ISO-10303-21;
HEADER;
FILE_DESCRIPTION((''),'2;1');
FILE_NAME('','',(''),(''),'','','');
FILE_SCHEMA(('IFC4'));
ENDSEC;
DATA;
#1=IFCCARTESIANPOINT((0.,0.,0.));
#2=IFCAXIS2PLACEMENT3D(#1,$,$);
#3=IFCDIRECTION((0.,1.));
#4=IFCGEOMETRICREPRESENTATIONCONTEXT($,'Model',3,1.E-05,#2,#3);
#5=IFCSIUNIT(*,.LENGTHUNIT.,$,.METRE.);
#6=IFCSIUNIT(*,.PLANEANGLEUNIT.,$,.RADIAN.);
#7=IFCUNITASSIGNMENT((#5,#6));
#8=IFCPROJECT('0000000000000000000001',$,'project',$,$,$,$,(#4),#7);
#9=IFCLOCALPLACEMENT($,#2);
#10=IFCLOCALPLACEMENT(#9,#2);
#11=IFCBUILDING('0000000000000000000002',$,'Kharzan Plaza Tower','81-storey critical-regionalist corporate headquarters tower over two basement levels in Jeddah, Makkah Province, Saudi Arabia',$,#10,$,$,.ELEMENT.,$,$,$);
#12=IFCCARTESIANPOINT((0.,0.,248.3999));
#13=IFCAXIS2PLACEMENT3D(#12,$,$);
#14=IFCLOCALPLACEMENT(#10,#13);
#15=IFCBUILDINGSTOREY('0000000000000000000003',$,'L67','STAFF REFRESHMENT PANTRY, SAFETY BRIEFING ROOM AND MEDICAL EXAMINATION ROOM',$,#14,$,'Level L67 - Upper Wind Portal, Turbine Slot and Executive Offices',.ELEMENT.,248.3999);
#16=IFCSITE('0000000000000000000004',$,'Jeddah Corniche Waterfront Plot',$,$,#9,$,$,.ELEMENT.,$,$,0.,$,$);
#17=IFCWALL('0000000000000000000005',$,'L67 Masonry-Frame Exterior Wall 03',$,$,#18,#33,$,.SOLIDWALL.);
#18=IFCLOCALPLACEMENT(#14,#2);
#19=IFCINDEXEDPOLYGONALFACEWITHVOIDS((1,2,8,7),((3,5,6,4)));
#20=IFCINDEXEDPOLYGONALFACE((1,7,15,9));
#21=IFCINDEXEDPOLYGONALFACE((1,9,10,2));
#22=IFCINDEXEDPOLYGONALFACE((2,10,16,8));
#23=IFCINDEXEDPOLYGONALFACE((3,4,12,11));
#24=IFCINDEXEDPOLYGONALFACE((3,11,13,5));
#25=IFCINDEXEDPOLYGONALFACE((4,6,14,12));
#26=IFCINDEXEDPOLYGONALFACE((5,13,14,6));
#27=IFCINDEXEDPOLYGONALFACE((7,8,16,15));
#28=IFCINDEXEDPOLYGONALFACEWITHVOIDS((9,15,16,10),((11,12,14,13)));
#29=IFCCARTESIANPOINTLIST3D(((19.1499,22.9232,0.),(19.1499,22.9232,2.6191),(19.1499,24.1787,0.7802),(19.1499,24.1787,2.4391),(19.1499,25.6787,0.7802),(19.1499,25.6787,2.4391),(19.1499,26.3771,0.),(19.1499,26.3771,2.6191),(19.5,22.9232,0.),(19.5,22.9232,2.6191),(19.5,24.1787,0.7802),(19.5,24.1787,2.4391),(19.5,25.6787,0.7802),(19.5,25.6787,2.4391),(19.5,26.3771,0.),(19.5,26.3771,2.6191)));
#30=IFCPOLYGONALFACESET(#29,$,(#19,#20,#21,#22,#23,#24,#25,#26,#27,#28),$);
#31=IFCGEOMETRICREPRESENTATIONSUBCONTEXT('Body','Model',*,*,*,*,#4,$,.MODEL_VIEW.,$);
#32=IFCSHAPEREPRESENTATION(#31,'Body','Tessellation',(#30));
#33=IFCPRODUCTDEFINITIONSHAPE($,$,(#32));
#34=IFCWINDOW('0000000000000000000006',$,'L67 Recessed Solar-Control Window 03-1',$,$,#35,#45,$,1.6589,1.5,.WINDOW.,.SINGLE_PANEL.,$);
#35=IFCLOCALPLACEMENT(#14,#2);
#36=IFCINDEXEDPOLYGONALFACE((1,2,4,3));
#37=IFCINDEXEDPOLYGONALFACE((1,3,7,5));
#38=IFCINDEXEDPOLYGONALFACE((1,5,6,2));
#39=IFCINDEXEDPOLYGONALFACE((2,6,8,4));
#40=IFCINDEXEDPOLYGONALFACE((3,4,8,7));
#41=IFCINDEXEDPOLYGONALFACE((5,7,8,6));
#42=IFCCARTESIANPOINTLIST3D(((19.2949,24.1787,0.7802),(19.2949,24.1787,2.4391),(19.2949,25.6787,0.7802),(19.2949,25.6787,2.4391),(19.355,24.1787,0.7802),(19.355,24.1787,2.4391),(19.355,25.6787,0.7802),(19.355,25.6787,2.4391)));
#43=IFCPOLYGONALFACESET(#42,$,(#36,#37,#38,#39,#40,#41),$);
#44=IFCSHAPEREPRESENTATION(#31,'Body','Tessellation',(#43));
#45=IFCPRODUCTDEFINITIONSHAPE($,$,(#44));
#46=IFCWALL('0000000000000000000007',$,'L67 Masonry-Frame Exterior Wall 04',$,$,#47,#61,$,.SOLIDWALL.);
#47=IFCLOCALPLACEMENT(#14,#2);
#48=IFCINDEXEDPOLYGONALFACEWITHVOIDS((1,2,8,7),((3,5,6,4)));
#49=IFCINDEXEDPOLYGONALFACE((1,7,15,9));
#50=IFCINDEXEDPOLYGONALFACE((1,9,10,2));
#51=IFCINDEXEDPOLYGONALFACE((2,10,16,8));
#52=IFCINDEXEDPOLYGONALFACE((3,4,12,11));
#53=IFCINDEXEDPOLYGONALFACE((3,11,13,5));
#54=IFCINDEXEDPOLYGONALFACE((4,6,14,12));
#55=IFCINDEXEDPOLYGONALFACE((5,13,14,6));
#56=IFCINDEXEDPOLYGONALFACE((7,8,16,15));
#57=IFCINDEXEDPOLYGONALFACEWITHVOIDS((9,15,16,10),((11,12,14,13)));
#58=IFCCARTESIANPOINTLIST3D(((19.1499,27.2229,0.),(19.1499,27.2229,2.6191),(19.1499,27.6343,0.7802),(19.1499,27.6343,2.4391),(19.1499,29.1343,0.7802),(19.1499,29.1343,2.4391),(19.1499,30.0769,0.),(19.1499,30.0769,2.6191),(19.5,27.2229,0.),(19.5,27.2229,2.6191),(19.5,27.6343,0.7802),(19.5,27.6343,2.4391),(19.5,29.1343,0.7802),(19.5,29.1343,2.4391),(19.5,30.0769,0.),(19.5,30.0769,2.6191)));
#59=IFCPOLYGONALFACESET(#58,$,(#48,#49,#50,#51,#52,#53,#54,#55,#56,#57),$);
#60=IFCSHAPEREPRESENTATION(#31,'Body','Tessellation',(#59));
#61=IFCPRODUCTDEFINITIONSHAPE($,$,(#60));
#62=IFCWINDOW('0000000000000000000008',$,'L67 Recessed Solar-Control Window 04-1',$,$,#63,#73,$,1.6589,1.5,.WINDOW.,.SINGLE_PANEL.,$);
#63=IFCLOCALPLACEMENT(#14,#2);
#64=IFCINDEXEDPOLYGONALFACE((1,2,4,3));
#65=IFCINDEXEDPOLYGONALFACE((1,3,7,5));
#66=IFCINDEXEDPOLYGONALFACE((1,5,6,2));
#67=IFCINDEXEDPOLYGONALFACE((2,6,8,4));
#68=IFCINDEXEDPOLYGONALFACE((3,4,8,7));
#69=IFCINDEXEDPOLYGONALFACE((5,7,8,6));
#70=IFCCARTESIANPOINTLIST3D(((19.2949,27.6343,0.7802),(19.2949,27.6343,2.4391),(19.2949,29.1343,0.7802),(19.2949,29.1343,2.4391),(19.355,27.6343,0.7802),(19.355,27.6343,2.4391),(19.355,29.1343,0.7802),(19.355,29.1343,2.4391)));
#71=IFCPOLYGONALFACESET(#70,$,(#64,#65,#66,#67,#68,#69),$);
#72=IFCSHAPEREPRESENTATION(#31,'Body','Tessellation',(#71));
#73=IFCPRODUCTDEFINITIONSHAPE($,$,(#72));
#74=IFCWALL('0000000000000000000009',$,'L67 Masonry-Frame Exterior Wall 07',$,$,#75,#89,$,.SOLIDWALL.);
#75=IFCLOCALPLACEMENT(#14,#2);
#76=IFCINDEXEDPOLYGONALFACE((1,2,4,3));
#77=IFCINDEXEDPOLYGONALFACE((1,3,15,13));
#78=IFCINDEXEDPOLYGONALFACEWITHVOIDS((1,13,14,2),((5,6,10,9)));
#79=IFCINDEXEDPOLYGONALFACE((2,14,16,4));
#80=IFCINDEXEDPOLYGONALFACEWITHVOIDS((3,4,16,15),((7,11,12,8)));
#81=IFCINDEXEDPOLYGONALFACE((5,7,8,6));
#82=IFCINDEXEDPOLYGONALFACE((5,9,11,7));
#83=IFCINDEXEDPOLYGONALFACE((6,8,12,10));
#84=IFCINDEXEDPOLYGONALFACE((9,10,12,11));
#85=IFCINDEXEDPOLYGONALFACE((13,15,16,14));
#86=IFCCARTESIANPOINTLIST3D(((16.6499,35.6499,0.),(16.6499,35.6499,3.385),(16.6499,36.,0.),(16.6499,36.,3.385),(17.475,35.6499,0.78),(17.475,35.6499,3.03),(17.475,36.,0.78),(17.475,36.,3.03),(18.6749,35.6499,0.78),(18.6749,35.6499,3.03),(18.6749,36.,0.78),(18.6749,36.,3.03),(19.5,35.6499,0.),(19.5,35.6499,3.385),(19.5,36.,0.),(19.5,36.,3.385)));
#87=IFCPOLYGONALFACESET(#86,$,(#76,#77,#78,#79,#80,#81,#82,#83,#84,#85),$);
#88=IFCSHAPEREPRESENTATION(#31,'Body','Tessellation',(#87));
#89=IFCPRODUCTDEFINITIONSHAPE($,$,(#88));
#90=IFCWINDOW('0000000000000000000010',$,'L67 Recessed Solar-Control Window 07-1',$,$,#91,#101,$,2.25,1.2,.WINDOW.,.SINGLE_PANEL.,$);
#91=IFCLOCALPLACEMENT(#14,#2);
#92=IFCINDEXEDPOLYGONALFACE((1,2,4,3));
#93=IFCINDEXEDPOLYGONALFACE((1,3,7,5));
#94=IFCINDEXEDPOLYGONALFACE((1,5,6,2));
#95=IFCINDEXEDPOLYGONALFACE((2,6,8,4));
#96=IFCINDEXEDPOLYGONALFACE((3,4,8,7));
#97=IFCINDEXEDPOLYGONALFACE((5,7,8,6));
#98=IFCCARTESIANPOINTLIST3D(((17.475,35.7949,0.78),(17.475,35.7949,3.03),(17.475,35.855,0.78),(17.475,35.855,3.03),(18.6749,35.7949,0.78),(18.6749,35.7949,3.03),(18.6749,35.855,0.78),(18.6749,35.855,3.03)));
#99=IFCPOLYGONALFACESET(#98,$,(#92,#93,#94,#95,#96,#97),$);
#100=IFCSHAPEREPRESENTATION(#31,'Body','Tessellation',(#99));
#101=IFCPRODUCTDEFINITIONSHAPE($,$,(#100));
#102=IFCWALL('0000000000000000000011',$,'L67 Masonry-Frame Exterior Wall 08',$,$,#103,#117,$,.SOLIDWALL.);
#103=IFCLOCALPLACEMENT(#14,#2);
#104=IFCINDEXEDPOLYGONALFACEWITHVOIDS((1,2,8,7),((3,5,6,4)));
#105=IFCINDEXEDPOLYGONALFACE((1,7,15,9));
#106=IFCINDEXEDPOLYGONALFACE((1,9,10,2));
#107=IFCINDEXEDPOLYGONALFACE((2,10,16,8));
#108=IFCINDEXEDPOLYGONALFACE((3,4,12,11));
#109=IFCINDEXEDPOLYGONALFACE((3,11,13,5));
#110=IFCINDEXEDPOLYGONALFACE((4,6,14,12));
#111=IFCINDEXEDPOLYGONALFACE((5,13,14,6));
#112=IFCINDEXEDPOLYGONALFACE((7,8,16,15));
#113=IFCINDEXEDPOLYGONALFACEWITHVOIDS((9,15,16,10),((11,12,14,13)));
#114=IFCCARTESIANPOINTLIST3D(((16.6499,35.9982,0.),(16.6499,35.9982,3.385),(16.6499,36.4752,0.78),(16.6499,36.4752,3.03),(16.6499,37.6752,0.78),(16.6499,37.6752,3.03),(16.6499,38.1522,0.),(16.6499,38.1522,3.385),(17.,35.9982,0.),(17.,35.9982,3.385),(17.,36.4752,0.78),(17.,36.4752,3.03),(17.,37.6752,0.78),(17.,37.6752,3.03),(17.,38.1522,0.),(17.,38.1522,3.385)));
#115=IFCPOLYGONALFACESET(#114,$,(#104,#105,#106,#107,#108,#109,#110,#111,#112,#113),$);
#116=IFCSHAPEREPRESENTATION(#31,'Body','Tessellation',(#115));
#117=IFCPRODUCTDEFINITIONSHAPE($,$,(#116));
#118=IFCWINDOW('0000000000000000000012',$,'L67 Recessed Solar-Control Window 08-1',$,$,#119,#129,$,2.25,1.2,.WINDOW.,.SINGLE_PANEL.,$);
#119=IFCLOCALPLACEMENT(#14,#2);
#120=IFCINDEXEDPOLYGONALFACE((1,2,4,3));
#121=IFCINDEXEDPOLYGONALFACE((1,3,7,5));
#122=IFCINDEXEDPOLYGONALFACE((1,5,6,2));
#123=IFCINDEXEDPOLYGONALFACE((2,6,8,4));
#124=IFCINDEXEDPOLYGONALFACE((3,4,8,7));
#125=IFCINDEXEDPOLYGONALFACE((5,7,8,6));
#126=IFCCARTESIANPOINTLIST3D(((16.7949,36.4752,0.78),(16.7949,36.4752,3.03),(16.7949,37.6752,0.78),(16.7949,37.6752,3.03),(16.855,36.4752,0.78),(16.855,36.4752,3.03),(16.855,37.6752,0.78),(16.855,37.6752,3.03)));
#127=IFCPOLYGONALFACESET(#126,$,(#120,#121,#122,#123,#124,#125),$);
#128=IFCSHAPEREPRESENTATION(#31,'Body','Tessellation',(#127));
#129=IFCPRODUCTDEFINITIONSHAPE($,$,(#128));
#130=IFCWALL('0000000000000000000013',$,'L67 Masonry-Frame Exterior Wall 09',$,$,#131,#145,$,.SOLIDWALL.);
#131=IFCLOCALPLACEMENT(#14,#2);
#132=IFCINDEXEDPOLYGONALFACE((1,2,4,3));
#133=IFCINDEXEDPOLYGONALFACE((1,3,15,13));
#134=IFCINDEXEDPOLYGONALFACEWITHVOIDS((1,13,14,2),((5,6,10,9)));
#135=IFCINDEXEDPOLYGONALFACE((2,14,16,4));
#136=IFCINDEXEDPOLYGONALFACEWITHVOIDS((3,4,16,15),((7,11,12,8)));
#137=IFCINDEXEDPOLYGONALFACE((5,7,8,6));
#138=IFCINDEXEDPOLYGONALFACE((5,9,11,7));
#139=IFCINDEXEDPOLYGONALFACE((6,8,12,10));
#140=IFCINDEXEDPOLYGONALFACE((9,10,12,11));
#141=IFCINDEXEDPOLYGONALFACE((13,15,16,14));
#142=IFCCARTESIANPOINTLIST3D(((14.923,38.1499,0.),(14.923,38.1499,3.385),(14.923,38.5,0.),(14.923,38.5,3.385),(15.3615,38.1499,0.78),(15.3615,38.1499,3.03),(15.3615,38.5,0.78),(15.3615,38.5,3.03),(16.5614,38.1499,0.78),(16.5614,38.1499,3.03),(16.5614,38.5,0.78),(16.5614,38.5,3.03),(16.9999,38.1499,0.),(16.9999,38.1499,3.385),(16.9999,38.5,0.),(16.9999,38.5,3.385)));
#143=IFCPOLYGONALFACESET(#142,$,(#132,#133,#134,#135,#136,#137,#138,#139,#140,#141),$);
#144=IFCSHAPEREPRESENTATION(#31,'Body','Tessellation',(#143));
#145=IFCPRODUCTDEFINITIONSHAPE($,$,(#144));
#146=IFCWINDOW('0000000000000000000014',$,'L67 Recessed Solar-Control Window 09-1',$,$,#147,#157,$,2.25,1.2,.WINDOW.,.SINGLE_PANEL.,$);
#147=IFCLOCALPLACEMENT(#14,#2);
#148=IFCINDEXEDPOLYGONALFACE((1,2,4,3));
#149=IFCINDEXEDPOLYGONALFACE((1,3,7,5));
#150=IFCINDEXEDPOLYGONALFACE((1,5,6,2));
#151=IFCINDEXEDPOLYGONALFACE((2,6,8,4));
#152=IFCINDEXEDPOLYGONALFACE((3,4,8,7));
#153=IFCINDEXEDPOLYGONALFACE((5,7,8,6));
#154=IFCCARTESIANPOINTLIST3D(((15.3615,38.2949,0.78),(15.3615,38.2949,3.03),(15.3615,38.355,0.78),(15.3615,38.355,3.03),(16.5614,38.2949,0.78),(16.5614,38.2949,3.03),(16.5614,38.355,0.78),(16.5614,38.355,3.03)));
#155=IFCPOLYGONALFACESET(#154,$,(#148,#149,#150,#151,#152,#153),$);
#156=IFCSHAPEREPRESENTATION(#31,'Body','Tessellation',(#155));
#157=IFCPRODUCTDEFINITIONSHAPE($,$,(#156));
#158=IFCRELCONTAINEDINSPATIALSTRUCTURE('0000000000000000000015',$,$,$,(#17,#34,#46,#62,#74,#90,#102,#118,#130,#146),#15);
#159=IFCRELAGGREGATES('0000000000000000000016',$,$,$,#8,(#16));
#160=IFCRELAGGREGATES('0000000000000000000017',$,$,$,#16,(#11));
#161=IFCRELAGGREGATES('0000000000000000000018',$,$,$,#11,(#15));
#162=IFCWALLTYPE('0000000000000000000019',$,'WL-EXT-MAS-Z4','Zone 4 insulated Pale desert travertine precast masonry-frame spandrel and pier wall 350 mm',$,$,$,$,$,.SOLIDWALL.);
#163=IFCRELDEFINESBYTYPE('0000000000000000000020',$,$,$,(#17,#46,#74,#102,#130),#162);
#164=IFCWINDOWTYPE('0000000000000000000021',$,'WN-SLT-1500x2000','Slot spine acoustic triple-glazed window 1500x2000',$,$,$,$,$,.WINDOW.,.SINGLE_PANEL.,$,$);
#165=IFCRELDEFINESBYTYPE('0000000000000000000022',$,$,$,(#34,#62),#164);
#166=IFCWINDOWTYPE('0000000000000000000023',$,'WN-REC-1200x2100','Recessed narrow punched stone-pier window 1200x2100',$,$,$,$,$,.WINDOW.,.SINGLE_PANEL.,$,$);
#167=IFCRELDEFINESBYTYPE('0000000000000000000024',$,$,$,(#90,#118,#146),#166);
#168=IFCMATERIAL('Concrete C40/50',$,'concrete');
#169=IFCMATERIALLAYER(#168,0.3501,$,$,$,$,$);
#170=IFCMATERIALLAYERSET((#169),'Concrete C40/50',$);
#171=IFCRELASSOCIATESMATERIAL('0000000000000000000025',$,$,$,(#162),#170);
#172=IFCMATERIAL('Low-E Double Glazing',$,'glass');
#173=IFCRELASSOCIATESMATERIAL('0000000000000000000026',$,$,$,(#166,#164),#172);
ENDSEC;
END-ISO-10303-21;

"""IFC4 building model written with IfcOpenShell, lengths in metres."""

from ifc_helpers import new_model, si_unit, direction, frame, frame_2d, origin, place, context, subcontext, project, spatial, rectangle, extrude, source, transform, mapped, material, layer, layer_set, type_object, element, fill, save


model = new_model("IFC4")

# Units and contexts
model_context = context("Model", 3, precision=1e-05, world=origin(), true_north=direction((0.0, 1.0)))
body_context = subcontext(model_context, "Body", "Model", "MODEL_VIEW")
ifc_project = project(units=[si_unit("LENGTHUNIT", "METRE"), si_unit("PLANEANGLEUNIT", "RADIAN")], contexts=[model_context])

# Site, building, storey
site_placement = place(None, origin())
site = spatial("IfcSite", under=ifc_project, at=site_placement, Name="Jeddah Corniche Waterfront Plot", CompositionType="ELEMENT", RefElevation=0.0)
building_placement = place(site_placement, origin())
building = spatial("IfcBuilding", under=site, at=building_placement, Name="Kharzan Plaza Tower", Description="81-storey critical-regionalist corporate headquarters tower over two basement levels in Jeddah, Makkah Province, Saudi Arabia", CompositionType="ELEMENT")
storey_placement = place(building_placement, frame((0.0, 0.0, 248.3999)))
storey = spatial("IfcBuildingStorey", under=building, at=storey_placement, Name="L67", Description="STAFF REFRESHMENT PANTRY, SAFETY BRIEFING ROOM AND MEDICAL EXAMINATION ROOM", LongName="Level L67 - Upper Wind Portal, Turbine Slot and Executive Offices", CompositionType="ELEMENT", Elevation=248.3999)

# Walls, openings, windows
ifc_material_1 = material(Name="Concrete C40/50", Category="concrete")
ifc_layer_1 = layer(ifc_material_1, 0.3501)
ifc_layer_set_1 = layer_set([ifc_layer_1], Name="Concrete C40/50")
wall_type_1 = type_object("IfcWallType", Name="WL-EXT-MAS-Z4", Description="Zone 4 insulated Pale desert travertine precast masonry-frame spandrel and pier wall 350 mm", PredefinedType="SOLIDWALL", material=ifc_layer_set_1)
ifc_material_2 = material(Name="Low-E Double Glazing", Category="glass")
window_type_1 = type_object("IfcWindowType", Name="WN-REC-1200x2100", Description="Recessed narrow punched stone-pier window 1200x2100", PartitioningType="SINGLE_PANEL", PredefinedType="WINDOW", material=ifc_material_2)
wall_1_placement = place(storey_placement, frame((19.325, 22.9231, 0.0), z_axis=(0.0, 0.0, 1.0), x_axis=(0.0, 1.0, 0.0)))
wall_1 = element("IfcWall", 1, at=wall_1_placement, inside=storey, type_object=wall_type_1, Name="L67 Masonry-Frame Exterior Wall 03", PredefinedType="SOLIDWALL", context=body_context, shape_type="SweptSolid", body=[
    extrude(rectangle(XDim=3.4539, YDim=0.3501, at=frame_2d((1.7271, 0.0))), origin(), (0.0, 0.0, 1.0), 2.6191),
])
opening_1_placement = place(wall_1_placement, frame((1.2556, 0.0, 0.78)))
opening_1 = element("IfcOpeningElement", 2, at=opening_1_placement, cuts=wall_1, PredefinedType="OPENING", context=body_context, shape_type="SweptSolid", body=[
    extrude(rectangle(XDim=1.5, YDim=1.6589, at=frame_2d((0.75, 0.8296))), frame((0.0, 0.1851, 0.0), z_axis=(0.0, -1.0, 0.0), x_axis=(1.0, 0.0, 0.0)), (0.0, 0.0, 1.0), 0.3701),
])
window_type_2 = type_object("IfcWindowType", Name="WN-SLT-1500x2000", Description="Slot spine acoustic triple-glazed window 1500x2000", PartitioningType="SINGLE_PANEL", PredefinedType="WINDOW", material=ifc_material_2)
shared_shape_1 = source(origin(), body_context, "Body", "SweptSolid", [
    extrude(rectangle(XDim=1.5, YDim=1.6589, at=frame_2d((0.75, 0.8296))), frame((0.0, 0.03, 0.0), z_axis=(0.0, -1.0, 0.0), x_axis=(1.0, 0.0, 0.0)), (0.0, 0.0, 1.0), 0.0601),
])
window_1_placement = place(opening_1_placement, origin())
window_1 = element("IfcWindow", 3, at=window_1_placement, inside=storey, type_object=window_type_2, Name="L67 Recessed Solar-Control Window 03-1", OverallHeight=1.6589, OverallWidth=1.5, PartitioningType="SINGLE_PANEL", PredefinedType="WINDOW", context=body_context, shape_type="MappedRepresentation", body=[
    mapped(shared_shape_1, transform((0.0, 0.0, 0.0), x_axis=(1.0, 0.0, 0.0), y_axis=(0.0, 1.0, 0.0), z_axis=(0.0, 0.0, 1.0))),
])
fill(opening_1, window_1)
wall_2_placement = place(storey_placement, frame((19.325, 27.2229, 0.0), z_axis=(0.0, 0.0, 1.0), x_axis=(0.0, 1.0, 0.0)))
wall_2 = element("IfcWall", 4, at=wall_2_placement, inside=storey, type_object=wall_type_1, Name="L67 Masonry-Frame Exterior Wall 04", PredefinedType="SOLIDWALL", context=body_context, shape_type="SweptSolid", body=[
    extrude(rectangle(XDim=2.854, YDim=0.3501, at=frame_2d((1.427, 0.0))), origin(), (0.0, 0.0, 1.0), 2.6191),
])
opening_2_placement = place(wall_2_placement, frame((0.4114, 0.0, 0.78)))
opening_2 = element("IfcOpeningElement", 5, at=opening_2_placement, cuts=wall_2, PredefinedType="OPENING", context=body_context, shape_type="SweptSolid", body=[
    extrude(rectangle(XDim=1.5, YDim=1.6589, at=frame_2d((0.75, 0.8296))), frame((0.0, 0.1851, 0.0), z_axis=(0.0, -1.0, 0.0), x_axis=(1.0, 0.0, 0.0)), (0.0, 0.0, 1.0), 0.3701),
])
window_2_placement = place(opening_2_placement, origin())
window_2 = element("IfcWindow", 6, at=window_2_placement, inside=storey, type_object=window_type_2, Name="L67 Recessed Solar-Control Window 04-1", OverallHeight=1.6589, OverallWidth=1.5, PartitioningType="SINGLE_PANEL", PredefinedType="WINDOW", context=body_context, shape_type="MappedRepresentation", body=[
    mapped(shared_shape_1, transform((0.0, 0.0, 0.0), x_axis=(1.0, 0.0, 0.0), y_axis=(0.0, 1.0, 0.0), z_axis=(0.0, 0.0, 1.0))),
])
fill(opening_2, window_2)
wall_3_placement = place(storey_placement, frame((19.5, 35.825, 0.0), z_axis=(0.0, 0.0, 1.0), x_axis=(-1.0, 0.0, 0.0)))
wall_3 = element("IfcWall", 7, at=wall_3_placement, inside=storey, type_object=wall_type_1, Name="L67 Masonry-Frame Exterior Wall 07", PredefinedType="SOLIDWALL", context=body_context, shape_type="SweptSolid", body=[
    extrude(rectangle(XDim=2.8501, YDim=0.3501, at=frame_2d((1.425, 0.0))), origin(), (0.0, 0.0, 1.0), 3.385),
])
opening_3_placement = place(wall_3_placement, frame((0.825, 0.0, 0.78)))
opening_3 = element("IfcOpeningElement", 8, at=opening_3_placement, cuts=wall_3, PredefinedType="OPENING", context=body_context, shape_type="SweptSolid", body=[
    extrude(rectangle(XDim=1.2, YDim=2.25, at=frame_2d((0.6001, 1.125))), frame((0.0, 0.1851, 0.0), z_axis=(0.0, -1.0, 0.0), x_axis=(1.0, 0.0, 0.0)), (0.0, 0.0, 1.0), 0.3701),
])
shared_shape_2 = source(origin(), body_context, "Body", "SweptSolid", [
    extrude(rectangle(XDim=1.2, YDim=2.25, at=frame_2d((0.6001, 1.125))), frame((0.0, 0.03, 0.0), z_axis=(0.0, -1.0, 0.0), x_axis=(1.0, 0.0, 0.0)), (0.0, 0.0, 1.0), 0.0601),
])
window_3_placement = place(opening_3_placement, origin())
window_3 = element("IfcWindow", 9, at=window_3_placement, inside=storey, type_object=window_type_1, Name="L67 Recessed Solar-Control Window 07-1", OverallHeight=2.25, OverallWidth=1.2, PartitioningType="SINGLE_PANEL", PredefinedType="WINDOW", context=body_context, shape_type="MappedRepresentation", body=[
    mapped(shared_shape_2, transform((0.0, 0.0, 0.0), x_axis=(1.0, 0.0, 0.0), y_axis=(0.0, 1.0, 0.0), z_axis=(0.0, 0.0, 1.0))),
])
fill(opening_3, window_3)
wall_4_placement = place(storey_placement, frame((16.825, 35.998, 0.0), z_axis=(0.0, 0.0, 1.0), x_axis=(0.0, 1.0, 0.0)))
wall_4 = element("IfcWall", 10, at=wall_4_placement, inside=storey, type_object=wall_type_1, Name="L67 Masonry-Frame Exterior Wall 08", PredefinedType="SOLIDWALL", context=body_context, shape_type="SweptSolid", body=[
    extrude(rectangle(XDim=2.1541, YDim=0.3501, at=frame_2d((1.0771, 0.0))), origin(), (0.0, 0.0, 1.0), 3.385),
])
opening_4_placement = place(wall_4_placement, frame((0.4771, 0.0, 0.78)))
opening_4 = element("IfcOpeningElement", 11, at=opening_4_placement, cuts=wall_4, PredefinedType="OPENING", context=body_context, shape_type="SweptSolid", body=[
    extrude(rectangle(XDim=1.2, YDim=2.25, at=frame_2d((0.6001, 1.125))), frame((0.0, 0.1851, 0.0), z_axis=(0.0, -1.0, 0.0), x_axis=(1.0, 0.0, 0.0)), (0.0, 0.0, 1.0), 0.3701),
])
window_4_placement = place(opening_4_placement, origin())
window_4 = element("IfcWindow", 12, at=window_4_placement, inside=storey, type_object=window_type_1, Name="L67 Recessed Solar-Control Window 08-1", OverallHeight=2.25, OverallWidth=1.2, PartitioningType="SINGLE_PANEL", PredefinedType="WINDOW", context=body_context, shape_type="MappedRepresentation", body=[
    mapped(shared_shape_2, transform((0.0, 0.0, 0.0), x_axis=(1.0, 0.0, 0.0), y_axis=(0.0, 1.0, 0.0), z_axis=(0.0, 0.0, 1.0))),
])
fill(opening_4, window_4)
wall_5_placement = place(storey_placement, frame((17.0, 38.325, 0.0), z_axis=(0.0, 0.0, 1.0), x_axis=(-1.0, 0.0, 0.0)))
wall_5 = element("IfcWall", 13, at=wall_5_placement, inside=storey, type_object=wall_type_1, Name="L67 Masonry-Frame Exterior Wall 09", PredefinedType="SOLIDWALL", context=body_context, shape_type="SweptSolid", body=[
    extrude(rectangle(XDim=2.0769, YDim=0.3501, at=frame_2d((1.0386, 0.0))), origin(), (0.0, 0.0, 1.0), 3.385),
])
opening_5_placement = place(wall_5_placement, frame((0.4385, 0.0, 0.78)))
opening_5 = element("IfcOpeningElement", 14, at=opening_5_placement, cuts=wall_5, PredefinedType="OPENING", context=body_context, shape_type="SweptSolid", body=[
    extrude(rectangle(XDim=1.2, YDim=2.25, at=frame_2d((0.6001, 1.125))), frame((0.0, 0.1851, 0.0), z_axis=(0.0, -1.0, 0.0), x_axis=(1.0, 0.0, 0.0)), (0.0, 0.0, 1.0), 0.3701),
])
window_5_placement = place(opening_5_placement, origin())
window_5 = element("IfcWindow", 15, at=window_5_placement, inside=storey, type_object=window_type_1, Name="L67 Recessed Solar-Control Window 09-1", OverallHeight=2.25, OverallWidth=1.2, PartitioningType="SINGLE_PANEL", PredefinedType="WINDOW", context=body_context, shape_type="MappedRepresentation", body=[
    mapped(shared_shape_2, transform((0.0, 0.0, 0.0), x_axis=(1.0, 0.0, 0.0), y_axis=(0.0, 1.0, 0.0), z_axis=(0.0, 0.0, 1.0))),
])
fill(opening_5, window_5)

save(model, "model.ifc")
